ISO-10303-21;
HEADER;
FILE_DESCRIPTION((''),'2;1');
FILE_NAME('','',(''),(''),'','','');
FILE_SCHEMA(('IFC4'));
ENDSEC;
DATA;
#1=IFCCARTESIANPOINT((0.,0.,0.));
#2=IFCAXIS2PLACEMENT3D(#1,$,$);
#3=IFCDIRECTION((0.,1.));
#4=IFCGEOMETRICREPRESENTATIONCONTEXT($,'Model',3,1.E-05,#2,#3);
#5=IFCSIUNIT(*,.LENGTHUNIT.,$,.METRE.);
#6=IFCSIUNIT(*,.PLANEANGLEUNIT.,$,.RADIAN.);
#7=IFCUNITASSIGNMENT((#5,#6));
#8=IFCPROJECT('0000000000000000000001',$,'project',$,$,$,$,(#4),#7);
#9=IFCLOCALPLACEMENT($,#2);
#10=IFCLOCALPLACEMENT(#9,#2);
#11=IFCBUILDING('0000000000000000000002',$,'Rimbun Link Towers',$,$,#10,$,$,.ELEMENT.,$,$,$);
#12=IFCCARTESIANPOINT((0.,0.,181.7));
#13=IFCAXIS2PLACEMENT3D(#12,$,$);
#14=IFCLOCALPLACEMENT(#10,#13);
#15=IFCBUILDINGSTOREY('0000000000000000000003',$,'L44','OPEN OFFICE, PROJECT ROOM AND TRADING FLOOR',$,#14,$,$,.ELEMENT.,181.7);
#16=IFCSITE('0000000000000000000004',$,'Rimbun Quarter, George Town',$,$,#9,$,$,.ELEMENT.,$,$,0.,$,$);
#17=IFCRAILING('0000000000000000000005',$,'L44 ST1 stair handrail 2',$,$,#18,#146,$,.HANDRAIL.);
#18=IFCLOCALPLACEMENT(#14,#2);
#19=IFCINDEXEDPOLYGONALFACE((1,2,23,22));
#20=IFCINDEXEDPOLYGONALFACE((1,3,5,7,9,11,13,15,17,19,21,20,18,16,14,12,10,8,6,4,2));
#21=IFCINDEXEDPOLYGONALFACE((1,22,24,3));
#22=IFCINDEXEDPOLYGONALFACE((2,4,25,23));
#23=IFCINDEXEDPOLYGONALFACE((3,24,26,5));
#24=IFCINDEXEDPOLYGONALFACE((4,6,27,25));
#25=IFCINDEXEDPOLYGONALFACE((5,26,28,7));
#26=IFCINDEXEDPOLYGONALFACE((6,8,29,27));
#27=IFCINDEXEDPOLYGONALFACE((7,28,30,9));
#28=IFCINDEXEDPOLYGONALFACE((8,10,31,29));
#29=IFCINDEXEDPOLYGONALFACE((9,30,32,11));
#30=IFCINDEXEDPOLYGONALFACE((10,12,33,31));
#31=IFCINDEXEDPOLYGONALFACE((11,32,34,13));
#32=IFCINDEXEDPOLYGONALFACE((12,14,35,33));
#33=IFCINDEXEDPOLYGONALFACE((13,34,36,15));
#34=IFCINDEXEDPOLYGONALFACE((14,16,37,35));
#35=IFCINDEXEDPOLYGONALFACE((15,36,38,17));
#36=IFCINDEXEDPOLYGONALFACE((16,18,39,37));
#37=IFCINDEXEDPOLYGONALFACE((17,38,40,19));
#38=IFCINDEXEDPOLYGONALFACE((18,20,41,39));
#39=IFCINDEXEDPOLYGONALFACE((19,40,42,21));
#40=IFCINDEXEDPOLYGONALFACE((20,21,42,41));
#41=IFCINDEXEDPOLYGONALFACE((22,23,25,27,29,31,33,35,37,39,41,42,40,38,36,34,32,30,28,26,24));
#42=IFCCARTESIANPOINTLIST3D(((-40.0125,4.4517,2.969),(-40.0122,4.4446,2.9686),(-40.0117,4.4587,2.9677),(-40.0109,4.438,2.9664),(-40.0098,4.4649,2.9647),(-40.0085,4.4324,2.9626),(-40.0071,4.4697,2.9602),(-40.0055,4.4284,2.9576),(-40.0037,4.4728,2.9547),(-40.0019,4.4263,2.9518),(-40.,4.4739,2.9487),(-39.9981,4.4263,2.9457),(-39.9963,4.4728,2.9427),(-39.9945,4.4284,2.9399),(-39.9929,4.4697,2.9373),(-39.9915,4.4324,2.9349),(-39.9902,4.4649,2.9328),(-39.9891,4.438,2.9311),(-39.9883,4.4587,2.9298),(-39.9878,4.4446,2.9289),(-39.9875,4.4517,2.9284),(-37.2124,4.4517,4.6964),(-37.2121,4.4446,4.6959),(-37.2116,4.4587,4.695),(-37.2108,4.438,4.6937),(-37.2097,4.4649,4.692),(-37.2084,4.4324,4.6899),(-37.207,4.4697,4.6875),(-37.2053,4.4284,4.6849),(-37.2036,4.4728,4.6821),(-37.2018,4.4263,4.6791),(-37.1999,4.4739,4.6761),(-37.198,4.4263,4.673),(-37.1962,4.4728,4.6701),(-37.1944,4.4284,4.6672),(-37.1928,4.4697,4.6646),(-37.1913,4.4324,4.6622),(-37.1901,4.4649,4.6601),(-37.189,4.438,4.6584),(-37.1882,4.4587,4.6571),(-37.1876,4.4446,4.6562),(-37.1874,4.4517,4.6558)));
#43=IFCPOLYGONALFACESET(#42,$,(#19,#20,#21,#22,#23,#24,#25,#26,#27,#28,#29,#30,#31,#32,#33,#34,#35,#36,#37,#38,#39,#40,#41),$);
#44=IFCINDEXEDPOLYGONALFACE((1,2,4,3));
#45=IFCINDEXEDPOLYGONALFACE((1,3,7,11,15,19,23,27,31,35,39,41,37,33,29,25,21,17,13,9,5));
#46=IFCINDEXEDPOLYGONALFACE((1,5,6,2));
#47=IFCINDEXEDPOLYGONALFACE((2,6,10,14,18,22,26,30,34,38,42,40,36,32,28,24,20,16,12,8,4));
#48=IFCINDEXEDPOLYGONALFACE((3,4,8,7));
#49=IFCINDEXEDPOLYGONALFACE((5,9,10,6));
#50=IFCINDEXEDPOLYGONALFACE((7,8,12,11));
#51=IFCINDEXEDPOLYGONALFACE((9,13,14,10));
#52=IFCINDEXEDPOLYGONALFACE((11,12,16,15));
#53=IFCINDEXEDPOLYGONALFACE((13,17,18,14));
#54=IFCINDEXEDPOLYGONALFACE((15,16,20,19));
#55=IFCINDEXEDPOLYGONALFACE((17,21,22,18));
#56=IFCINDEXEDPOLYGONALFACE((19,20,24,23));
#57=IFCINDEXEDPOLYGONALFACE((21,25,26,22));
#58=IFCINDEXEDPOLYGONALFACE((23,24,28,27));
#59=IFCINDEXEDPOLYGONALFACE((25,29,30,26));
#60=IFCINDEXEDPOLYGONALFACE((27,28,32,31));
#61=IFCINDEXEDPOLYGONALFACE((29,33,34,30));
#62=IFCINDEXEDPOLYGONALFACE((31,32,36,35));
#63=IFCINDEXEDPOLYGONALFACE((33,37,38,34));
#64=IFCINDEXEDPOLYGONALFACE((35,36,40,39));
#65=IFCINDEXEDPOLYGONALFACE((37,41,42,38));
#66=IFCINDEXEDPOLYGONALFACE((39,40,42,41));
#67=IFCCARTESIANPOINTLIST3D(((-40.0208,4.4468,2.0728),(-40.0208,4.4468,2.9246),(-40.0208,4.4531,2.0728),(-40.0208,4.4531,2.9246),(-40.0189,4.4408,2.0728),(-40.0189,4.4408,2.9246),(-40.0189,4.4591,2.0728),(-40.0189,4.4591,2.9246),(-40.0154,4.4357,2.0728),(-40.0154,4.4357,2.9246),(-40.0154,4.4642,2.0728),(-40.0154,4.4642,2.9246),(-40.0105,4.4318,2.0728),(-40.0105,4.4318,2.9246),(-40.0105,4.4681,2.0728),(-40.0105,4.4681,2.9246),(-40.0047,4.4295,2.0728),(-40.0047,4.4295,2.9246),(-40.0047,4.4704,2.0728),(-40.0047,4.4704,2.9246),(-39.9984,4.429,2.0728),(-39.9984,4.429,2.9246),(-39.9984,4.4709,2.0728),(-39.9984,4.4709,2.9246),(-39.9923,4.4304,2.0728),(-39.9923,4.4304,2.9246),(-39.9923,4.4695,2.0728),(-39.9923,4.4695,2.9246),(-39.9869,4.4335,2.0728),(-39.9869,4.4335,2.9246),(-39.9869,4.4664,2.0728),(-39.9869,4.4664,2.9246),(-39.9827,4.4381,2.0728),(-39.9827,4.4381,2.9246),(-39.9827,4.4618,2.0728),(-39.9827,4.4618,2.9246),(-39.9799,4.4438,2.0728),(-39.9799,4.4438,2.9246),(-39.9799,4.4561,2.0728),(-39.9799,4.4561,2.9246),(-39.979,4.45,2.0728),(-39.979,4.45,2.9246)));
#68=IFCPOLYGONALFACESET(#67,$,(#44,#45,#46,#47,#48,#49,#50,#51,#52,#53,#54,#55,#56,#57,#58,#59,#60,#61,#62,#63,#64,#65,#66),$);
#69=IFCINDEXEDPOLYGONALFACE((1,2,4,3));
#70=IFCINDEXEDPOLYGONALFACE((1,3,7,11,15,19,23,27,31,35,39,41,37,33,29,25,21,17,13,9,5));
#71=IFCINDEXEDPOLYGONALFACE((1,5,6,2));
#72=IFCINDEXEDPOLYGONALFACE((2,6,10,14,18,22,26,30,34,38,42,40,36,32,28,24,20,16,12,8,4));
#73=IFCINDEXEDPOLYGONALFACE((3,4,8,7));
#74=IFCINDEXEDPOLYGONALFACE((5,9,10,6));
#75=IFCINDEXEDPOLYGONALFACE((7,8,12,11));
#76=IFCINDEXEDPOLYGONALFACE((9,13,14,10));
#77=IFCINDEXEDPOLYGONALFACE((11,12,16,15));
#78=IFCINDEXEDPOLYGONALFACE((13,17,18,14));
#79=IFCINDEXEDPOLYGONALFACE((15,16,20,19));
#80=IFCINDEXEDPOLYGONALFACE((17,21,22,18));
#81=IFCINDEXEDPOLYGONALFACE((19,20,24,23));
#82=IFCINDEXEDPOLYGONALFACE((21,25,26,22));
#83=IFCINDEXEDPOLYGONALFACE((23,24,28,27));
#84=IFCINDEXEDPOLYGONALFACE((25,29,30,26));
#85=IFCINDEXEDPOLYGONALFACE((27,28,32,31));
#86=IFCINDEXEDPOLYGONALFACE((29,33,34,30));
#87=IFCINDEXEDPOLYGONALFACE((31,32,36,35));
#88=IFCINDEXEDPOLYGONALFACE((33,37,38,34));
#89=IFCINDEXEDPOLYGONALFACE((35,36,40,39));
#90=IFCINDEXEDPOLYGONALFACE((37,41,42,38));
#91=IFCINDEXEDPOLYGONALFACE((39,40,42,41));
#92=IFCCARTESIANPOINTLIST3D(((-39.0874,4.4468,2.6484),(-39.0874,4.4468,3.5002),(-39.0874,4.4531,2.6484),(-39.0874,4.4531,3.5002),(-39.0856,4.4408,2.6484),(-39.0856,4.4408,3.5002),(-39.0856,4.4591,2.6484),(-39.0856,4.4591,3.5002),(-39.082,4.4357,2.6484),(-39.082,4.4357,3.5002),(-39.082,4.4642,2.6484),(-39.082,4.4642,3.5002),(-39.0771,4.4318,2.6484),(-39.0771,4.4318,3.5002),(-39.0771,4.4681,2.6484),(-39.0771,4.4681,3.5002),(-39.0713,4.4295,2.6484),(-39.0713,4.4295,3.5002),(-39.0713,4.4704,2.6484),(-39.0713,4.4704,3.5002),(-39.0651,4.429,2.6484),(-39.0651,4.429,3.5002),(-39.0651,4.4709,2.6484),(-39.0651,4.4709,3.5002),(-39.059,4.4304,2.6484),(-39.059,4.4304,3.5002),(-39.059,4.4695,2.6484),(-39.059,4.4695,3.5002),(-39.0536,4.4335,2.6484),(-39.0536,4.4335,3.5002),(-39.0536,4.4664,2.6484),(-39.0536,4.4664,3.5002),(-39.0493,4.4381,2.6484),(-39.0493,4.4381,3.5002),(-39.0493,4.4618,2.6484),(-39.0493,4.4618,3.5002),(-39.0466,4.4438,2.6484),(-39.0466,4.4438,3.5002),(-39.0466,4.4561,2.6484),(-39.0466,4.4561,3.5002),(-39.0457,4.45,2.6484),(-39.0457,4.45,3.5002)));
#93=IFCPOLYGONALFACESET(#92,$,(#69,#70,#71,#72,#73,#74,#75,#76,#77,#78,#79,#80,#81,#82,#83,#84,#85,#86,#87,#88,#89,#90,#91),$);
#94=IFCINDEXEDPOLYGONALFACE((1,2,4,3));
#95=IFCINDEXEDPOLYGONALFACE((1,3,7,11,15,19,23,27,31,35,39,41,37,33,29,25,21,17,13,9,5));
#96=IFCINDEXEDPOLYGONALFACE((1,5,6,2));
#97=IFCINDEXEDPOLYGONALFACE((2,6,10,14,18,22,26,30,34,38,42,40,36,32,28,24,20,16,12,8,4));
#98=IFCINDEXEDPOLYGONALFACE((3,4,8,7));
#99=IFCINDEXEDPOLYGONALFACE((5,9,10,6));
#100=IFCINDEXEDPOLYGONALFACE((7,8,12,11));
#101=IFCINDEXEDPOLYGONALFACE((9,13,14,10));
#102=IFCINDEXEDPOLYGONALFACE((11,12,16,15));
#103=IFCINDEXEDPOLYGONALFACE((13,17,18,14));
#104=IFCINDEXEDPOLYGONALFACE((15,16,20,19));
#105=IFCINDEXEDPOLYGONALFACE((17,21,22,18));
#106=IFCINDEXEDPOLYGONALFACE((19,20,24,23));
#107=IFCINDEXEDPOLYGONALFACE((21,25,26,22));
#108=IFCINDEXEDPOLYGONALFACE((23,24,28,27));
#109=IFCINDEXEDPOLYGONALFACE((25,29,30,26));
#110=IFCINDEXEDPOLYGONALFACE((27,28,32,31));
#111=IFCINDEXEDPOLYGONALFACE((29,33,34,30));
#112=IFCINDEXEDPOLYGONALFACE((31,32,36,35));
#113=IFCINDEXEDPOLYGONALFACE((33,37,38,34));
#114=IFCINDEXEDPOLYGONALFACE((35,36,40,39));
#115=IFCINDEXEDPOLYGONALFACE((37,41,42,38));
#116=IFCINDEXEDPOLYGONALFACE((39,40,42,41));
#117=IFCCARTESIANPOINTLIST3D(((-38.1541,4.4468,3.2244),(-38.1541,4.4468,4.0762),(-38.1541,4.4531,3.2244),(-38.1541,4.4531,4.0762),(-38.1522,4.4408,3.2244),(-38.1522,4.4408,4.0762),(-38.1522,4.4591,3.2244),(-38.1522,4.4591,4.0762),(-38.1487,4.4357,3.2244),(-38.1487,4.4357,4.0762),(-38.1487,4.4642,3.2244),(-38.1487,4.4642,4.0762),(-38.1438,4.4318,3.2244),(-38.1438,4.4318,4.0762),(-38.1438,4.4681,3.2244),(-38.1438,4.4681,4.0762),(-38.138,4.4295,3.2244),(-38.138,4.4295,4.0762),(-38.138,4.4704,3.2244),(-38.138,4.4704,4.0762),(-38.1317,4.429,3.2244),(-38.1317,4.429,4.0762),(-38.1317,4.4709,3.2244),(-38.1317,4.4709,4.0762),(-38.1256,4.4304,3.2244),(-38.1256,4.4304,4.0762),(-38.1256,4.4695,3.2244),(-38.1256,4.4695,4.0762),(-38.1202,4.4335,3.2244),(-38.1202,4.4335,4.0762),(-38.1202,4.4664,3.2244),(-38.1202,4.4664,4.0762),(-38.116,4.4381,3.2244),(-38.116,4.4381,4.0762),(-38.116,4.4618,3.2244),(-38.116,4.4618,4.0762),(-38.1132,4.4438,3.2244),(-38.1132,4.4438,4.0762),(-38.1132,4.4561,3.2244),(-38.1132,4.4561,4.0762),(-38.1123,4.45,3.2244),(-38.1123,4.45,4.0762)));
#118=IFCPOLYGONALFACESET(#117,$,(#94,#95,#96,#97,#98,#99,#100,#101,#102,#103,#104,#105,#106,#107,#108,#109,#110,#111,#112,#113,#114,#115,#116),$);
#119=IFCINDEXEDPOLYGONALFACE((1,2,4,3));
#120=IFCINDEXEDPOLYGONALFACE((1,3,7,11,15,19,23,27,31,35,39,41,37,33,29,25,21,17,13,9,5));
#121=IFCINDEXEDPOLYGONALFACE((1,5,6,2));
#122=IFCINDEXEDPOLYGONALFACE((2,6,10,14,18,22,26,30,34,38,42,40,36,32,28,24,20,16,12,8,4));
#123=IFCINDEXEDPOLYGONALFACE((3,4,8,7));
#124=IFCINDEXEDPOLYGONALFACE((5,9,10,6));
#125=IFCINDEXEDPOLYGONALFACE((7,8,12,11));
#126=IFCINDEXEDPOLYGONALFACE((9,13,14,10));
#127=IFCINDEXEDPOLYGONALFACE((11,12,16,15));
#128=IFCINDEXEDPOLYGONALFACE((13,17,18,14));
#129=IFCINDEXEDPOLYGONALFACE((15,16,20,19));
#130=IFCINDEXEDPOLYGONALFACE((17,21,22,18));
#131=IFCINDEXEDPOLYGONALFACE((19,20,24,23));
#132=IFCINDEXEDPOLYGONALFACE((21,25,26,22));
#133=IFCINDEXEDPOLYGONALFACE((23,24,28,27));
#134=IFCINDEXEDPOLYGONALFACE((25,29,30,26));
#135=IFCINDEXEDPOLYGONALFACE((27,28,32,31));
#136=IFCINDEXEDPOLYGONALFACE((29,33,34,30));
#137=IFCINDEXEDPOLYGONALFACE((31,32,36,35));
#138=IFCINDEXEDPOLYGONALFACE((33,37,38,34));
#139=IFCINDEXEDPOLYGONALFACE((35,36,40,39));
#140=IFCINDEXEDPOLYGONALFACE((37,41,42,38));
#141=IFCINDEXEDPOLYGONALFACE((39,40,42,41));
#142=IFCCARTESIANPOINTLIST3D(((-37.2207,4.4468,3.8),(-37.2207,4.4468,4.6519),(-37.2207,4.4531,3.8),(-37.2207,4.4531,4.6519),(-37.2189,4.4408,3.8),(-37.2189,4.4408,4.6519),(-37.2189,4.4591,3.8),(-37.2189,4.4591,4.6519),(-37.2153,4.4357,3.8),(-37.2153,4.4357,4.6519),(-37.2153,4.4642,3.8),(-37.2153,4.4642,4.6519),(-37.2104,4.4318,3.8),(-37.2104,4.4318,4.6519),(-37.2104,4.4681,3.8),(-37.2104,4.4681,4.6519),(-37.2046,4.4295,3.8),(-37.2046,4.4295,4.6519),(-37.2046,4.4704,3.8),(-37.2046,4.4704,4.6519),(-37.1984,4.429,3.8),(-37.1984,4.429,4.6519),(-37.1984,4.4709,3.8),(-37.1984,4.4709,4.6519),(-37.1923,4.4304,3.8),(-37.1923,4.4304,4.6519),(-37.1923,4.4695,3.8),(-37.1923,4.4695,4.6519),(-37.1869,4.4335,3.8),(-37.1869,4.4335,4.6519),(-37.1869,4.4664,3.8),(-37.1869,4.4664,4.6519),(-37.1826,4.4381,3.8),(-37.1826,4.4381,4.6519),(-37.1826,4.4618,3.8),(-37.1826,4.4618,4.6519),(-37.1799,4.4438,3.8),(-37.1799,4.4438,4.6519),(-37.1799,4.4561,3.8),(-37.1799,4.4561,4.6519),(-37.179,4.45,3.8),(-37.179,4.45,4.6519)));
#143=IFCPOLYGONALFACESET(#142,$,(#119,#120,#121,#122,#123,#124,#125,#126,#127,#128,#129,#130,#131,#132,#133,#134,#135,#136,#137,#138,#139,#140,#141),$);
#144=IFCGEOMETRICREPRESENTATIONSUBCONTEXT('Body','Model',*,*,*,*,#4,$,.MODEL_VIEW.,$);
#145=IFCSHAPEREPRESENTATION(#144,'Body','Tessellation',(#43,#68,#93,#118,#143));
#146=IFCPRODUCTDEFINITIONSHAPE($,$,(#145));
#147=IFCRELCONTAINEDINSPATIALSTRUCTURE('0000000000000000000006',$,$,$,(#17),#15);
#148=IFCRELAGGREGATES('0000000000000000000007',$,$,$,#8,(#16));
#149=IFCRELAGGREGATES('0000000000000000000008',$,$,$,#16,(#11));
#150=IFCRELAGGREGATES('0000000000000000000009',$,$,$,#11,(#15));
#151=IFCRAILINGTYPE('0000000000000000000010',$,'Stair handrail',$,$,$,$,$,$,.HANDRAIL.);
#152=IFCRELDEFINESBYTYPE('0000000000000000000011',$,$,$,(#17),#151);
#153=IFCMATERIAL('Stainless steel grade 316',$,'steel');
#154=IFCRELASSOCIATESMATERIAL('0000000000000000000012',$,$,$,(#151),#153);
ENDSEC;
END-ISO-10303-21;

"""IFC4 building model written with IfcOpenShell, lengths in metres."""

from ifc_helpers import new_model, si_unit, direction, frame, origin, origin_2d, place, context, subcontext, project, spatial, circle, extrude, material, type_object, element, save


model = new_model("IFC4")

# Units and contexts
model_context = context("Model", 3, precision=1e-05, world=origin(), true_north=direction((0.0, 1.0)))
body_context = subcontext(model_context, "Body", "Model", "MODEL_VIEW")
ifc_project = project(units=[si_unit("LENGTHUNIT", "METRE"), si_unit("PLANEANGLEUNIT", "RADIAN")], contexts=[model_context])

# Site, building, storey
site_placement = place(None, origin())
site = spatial("IfcSite", under=ifc_project, at=site_placement, Name="Rimbun Quarter, George Town", CompositionType="ELEMENT", RefElevation=0.0)
building_placement = place(site_placement, origin())
building = spatial("IfcBuilding", under=site, at=building_placement, Name="Rimbun Link Towers", CompositionType="ELEMENT")
storey_placement = place(building_placement, frame((0.0, 0.0, 181.7)))
storey = spatial("IfcBuildingStorey", under=building, at=storey_placement, Name="L44", Description="OPEN OFFICE, PROJECT ROOM AND TRADING FLOOR", CompositionType="ELEMENT", Elevation=181.7)

# Railing
ifc_material_1 = material(Name="Stainless steel grade 316", Category="steel")
railing_type_1 = type_object("IfcRailingType", Name="Stair handrail", PredefinedType="HANDRAIL", material=ifc_material_1)
railing_1_placement = place(storey_placement, frame((-40.0, 4.45, 2.0728)))
element("IfcRailing", 1, at=railing_1_placement, inside=storey, type_object=railing_type_1, Name="L44 ST1 stair handrail 2", PredefinedType="HANDRAIL", context=body_context, shape_type="SweptSolid", body=[
    extrude(circle(Radius=0.0239, at=origin_2d()), frame((0.0, 0.0, 0.876), z_axis=(0.85109, 0.0, 0.52502), x_axis=(0.0, 1.0, 0.0)), (0.0, 0.0, 1.0), 3.29),
    extrude(circle(Radius=0.021, at=origin_2d()), origin(), (0.0, 0.0, 1.0), 0.8518),
    extrude(circle(Radius=0.021, at=origin_2d()), frame((0.9333, 0.0, 0.5757)), (0.0, 0.0, 1.0), 0.8518),
    extrude(circle(Radius=0.021, at=origin_2d()), frame((1.8667, 0.0, 1.1516)), (0.0, 0.0, 1.0), 0.8518),
    extrude(circle(Radius=0.021, at=origin_2d()), frame((2.8, 0.0, 1.7273)), (0.0, 0.0, 1.0), 0.8518),
])

save(model, "model.ifc")
